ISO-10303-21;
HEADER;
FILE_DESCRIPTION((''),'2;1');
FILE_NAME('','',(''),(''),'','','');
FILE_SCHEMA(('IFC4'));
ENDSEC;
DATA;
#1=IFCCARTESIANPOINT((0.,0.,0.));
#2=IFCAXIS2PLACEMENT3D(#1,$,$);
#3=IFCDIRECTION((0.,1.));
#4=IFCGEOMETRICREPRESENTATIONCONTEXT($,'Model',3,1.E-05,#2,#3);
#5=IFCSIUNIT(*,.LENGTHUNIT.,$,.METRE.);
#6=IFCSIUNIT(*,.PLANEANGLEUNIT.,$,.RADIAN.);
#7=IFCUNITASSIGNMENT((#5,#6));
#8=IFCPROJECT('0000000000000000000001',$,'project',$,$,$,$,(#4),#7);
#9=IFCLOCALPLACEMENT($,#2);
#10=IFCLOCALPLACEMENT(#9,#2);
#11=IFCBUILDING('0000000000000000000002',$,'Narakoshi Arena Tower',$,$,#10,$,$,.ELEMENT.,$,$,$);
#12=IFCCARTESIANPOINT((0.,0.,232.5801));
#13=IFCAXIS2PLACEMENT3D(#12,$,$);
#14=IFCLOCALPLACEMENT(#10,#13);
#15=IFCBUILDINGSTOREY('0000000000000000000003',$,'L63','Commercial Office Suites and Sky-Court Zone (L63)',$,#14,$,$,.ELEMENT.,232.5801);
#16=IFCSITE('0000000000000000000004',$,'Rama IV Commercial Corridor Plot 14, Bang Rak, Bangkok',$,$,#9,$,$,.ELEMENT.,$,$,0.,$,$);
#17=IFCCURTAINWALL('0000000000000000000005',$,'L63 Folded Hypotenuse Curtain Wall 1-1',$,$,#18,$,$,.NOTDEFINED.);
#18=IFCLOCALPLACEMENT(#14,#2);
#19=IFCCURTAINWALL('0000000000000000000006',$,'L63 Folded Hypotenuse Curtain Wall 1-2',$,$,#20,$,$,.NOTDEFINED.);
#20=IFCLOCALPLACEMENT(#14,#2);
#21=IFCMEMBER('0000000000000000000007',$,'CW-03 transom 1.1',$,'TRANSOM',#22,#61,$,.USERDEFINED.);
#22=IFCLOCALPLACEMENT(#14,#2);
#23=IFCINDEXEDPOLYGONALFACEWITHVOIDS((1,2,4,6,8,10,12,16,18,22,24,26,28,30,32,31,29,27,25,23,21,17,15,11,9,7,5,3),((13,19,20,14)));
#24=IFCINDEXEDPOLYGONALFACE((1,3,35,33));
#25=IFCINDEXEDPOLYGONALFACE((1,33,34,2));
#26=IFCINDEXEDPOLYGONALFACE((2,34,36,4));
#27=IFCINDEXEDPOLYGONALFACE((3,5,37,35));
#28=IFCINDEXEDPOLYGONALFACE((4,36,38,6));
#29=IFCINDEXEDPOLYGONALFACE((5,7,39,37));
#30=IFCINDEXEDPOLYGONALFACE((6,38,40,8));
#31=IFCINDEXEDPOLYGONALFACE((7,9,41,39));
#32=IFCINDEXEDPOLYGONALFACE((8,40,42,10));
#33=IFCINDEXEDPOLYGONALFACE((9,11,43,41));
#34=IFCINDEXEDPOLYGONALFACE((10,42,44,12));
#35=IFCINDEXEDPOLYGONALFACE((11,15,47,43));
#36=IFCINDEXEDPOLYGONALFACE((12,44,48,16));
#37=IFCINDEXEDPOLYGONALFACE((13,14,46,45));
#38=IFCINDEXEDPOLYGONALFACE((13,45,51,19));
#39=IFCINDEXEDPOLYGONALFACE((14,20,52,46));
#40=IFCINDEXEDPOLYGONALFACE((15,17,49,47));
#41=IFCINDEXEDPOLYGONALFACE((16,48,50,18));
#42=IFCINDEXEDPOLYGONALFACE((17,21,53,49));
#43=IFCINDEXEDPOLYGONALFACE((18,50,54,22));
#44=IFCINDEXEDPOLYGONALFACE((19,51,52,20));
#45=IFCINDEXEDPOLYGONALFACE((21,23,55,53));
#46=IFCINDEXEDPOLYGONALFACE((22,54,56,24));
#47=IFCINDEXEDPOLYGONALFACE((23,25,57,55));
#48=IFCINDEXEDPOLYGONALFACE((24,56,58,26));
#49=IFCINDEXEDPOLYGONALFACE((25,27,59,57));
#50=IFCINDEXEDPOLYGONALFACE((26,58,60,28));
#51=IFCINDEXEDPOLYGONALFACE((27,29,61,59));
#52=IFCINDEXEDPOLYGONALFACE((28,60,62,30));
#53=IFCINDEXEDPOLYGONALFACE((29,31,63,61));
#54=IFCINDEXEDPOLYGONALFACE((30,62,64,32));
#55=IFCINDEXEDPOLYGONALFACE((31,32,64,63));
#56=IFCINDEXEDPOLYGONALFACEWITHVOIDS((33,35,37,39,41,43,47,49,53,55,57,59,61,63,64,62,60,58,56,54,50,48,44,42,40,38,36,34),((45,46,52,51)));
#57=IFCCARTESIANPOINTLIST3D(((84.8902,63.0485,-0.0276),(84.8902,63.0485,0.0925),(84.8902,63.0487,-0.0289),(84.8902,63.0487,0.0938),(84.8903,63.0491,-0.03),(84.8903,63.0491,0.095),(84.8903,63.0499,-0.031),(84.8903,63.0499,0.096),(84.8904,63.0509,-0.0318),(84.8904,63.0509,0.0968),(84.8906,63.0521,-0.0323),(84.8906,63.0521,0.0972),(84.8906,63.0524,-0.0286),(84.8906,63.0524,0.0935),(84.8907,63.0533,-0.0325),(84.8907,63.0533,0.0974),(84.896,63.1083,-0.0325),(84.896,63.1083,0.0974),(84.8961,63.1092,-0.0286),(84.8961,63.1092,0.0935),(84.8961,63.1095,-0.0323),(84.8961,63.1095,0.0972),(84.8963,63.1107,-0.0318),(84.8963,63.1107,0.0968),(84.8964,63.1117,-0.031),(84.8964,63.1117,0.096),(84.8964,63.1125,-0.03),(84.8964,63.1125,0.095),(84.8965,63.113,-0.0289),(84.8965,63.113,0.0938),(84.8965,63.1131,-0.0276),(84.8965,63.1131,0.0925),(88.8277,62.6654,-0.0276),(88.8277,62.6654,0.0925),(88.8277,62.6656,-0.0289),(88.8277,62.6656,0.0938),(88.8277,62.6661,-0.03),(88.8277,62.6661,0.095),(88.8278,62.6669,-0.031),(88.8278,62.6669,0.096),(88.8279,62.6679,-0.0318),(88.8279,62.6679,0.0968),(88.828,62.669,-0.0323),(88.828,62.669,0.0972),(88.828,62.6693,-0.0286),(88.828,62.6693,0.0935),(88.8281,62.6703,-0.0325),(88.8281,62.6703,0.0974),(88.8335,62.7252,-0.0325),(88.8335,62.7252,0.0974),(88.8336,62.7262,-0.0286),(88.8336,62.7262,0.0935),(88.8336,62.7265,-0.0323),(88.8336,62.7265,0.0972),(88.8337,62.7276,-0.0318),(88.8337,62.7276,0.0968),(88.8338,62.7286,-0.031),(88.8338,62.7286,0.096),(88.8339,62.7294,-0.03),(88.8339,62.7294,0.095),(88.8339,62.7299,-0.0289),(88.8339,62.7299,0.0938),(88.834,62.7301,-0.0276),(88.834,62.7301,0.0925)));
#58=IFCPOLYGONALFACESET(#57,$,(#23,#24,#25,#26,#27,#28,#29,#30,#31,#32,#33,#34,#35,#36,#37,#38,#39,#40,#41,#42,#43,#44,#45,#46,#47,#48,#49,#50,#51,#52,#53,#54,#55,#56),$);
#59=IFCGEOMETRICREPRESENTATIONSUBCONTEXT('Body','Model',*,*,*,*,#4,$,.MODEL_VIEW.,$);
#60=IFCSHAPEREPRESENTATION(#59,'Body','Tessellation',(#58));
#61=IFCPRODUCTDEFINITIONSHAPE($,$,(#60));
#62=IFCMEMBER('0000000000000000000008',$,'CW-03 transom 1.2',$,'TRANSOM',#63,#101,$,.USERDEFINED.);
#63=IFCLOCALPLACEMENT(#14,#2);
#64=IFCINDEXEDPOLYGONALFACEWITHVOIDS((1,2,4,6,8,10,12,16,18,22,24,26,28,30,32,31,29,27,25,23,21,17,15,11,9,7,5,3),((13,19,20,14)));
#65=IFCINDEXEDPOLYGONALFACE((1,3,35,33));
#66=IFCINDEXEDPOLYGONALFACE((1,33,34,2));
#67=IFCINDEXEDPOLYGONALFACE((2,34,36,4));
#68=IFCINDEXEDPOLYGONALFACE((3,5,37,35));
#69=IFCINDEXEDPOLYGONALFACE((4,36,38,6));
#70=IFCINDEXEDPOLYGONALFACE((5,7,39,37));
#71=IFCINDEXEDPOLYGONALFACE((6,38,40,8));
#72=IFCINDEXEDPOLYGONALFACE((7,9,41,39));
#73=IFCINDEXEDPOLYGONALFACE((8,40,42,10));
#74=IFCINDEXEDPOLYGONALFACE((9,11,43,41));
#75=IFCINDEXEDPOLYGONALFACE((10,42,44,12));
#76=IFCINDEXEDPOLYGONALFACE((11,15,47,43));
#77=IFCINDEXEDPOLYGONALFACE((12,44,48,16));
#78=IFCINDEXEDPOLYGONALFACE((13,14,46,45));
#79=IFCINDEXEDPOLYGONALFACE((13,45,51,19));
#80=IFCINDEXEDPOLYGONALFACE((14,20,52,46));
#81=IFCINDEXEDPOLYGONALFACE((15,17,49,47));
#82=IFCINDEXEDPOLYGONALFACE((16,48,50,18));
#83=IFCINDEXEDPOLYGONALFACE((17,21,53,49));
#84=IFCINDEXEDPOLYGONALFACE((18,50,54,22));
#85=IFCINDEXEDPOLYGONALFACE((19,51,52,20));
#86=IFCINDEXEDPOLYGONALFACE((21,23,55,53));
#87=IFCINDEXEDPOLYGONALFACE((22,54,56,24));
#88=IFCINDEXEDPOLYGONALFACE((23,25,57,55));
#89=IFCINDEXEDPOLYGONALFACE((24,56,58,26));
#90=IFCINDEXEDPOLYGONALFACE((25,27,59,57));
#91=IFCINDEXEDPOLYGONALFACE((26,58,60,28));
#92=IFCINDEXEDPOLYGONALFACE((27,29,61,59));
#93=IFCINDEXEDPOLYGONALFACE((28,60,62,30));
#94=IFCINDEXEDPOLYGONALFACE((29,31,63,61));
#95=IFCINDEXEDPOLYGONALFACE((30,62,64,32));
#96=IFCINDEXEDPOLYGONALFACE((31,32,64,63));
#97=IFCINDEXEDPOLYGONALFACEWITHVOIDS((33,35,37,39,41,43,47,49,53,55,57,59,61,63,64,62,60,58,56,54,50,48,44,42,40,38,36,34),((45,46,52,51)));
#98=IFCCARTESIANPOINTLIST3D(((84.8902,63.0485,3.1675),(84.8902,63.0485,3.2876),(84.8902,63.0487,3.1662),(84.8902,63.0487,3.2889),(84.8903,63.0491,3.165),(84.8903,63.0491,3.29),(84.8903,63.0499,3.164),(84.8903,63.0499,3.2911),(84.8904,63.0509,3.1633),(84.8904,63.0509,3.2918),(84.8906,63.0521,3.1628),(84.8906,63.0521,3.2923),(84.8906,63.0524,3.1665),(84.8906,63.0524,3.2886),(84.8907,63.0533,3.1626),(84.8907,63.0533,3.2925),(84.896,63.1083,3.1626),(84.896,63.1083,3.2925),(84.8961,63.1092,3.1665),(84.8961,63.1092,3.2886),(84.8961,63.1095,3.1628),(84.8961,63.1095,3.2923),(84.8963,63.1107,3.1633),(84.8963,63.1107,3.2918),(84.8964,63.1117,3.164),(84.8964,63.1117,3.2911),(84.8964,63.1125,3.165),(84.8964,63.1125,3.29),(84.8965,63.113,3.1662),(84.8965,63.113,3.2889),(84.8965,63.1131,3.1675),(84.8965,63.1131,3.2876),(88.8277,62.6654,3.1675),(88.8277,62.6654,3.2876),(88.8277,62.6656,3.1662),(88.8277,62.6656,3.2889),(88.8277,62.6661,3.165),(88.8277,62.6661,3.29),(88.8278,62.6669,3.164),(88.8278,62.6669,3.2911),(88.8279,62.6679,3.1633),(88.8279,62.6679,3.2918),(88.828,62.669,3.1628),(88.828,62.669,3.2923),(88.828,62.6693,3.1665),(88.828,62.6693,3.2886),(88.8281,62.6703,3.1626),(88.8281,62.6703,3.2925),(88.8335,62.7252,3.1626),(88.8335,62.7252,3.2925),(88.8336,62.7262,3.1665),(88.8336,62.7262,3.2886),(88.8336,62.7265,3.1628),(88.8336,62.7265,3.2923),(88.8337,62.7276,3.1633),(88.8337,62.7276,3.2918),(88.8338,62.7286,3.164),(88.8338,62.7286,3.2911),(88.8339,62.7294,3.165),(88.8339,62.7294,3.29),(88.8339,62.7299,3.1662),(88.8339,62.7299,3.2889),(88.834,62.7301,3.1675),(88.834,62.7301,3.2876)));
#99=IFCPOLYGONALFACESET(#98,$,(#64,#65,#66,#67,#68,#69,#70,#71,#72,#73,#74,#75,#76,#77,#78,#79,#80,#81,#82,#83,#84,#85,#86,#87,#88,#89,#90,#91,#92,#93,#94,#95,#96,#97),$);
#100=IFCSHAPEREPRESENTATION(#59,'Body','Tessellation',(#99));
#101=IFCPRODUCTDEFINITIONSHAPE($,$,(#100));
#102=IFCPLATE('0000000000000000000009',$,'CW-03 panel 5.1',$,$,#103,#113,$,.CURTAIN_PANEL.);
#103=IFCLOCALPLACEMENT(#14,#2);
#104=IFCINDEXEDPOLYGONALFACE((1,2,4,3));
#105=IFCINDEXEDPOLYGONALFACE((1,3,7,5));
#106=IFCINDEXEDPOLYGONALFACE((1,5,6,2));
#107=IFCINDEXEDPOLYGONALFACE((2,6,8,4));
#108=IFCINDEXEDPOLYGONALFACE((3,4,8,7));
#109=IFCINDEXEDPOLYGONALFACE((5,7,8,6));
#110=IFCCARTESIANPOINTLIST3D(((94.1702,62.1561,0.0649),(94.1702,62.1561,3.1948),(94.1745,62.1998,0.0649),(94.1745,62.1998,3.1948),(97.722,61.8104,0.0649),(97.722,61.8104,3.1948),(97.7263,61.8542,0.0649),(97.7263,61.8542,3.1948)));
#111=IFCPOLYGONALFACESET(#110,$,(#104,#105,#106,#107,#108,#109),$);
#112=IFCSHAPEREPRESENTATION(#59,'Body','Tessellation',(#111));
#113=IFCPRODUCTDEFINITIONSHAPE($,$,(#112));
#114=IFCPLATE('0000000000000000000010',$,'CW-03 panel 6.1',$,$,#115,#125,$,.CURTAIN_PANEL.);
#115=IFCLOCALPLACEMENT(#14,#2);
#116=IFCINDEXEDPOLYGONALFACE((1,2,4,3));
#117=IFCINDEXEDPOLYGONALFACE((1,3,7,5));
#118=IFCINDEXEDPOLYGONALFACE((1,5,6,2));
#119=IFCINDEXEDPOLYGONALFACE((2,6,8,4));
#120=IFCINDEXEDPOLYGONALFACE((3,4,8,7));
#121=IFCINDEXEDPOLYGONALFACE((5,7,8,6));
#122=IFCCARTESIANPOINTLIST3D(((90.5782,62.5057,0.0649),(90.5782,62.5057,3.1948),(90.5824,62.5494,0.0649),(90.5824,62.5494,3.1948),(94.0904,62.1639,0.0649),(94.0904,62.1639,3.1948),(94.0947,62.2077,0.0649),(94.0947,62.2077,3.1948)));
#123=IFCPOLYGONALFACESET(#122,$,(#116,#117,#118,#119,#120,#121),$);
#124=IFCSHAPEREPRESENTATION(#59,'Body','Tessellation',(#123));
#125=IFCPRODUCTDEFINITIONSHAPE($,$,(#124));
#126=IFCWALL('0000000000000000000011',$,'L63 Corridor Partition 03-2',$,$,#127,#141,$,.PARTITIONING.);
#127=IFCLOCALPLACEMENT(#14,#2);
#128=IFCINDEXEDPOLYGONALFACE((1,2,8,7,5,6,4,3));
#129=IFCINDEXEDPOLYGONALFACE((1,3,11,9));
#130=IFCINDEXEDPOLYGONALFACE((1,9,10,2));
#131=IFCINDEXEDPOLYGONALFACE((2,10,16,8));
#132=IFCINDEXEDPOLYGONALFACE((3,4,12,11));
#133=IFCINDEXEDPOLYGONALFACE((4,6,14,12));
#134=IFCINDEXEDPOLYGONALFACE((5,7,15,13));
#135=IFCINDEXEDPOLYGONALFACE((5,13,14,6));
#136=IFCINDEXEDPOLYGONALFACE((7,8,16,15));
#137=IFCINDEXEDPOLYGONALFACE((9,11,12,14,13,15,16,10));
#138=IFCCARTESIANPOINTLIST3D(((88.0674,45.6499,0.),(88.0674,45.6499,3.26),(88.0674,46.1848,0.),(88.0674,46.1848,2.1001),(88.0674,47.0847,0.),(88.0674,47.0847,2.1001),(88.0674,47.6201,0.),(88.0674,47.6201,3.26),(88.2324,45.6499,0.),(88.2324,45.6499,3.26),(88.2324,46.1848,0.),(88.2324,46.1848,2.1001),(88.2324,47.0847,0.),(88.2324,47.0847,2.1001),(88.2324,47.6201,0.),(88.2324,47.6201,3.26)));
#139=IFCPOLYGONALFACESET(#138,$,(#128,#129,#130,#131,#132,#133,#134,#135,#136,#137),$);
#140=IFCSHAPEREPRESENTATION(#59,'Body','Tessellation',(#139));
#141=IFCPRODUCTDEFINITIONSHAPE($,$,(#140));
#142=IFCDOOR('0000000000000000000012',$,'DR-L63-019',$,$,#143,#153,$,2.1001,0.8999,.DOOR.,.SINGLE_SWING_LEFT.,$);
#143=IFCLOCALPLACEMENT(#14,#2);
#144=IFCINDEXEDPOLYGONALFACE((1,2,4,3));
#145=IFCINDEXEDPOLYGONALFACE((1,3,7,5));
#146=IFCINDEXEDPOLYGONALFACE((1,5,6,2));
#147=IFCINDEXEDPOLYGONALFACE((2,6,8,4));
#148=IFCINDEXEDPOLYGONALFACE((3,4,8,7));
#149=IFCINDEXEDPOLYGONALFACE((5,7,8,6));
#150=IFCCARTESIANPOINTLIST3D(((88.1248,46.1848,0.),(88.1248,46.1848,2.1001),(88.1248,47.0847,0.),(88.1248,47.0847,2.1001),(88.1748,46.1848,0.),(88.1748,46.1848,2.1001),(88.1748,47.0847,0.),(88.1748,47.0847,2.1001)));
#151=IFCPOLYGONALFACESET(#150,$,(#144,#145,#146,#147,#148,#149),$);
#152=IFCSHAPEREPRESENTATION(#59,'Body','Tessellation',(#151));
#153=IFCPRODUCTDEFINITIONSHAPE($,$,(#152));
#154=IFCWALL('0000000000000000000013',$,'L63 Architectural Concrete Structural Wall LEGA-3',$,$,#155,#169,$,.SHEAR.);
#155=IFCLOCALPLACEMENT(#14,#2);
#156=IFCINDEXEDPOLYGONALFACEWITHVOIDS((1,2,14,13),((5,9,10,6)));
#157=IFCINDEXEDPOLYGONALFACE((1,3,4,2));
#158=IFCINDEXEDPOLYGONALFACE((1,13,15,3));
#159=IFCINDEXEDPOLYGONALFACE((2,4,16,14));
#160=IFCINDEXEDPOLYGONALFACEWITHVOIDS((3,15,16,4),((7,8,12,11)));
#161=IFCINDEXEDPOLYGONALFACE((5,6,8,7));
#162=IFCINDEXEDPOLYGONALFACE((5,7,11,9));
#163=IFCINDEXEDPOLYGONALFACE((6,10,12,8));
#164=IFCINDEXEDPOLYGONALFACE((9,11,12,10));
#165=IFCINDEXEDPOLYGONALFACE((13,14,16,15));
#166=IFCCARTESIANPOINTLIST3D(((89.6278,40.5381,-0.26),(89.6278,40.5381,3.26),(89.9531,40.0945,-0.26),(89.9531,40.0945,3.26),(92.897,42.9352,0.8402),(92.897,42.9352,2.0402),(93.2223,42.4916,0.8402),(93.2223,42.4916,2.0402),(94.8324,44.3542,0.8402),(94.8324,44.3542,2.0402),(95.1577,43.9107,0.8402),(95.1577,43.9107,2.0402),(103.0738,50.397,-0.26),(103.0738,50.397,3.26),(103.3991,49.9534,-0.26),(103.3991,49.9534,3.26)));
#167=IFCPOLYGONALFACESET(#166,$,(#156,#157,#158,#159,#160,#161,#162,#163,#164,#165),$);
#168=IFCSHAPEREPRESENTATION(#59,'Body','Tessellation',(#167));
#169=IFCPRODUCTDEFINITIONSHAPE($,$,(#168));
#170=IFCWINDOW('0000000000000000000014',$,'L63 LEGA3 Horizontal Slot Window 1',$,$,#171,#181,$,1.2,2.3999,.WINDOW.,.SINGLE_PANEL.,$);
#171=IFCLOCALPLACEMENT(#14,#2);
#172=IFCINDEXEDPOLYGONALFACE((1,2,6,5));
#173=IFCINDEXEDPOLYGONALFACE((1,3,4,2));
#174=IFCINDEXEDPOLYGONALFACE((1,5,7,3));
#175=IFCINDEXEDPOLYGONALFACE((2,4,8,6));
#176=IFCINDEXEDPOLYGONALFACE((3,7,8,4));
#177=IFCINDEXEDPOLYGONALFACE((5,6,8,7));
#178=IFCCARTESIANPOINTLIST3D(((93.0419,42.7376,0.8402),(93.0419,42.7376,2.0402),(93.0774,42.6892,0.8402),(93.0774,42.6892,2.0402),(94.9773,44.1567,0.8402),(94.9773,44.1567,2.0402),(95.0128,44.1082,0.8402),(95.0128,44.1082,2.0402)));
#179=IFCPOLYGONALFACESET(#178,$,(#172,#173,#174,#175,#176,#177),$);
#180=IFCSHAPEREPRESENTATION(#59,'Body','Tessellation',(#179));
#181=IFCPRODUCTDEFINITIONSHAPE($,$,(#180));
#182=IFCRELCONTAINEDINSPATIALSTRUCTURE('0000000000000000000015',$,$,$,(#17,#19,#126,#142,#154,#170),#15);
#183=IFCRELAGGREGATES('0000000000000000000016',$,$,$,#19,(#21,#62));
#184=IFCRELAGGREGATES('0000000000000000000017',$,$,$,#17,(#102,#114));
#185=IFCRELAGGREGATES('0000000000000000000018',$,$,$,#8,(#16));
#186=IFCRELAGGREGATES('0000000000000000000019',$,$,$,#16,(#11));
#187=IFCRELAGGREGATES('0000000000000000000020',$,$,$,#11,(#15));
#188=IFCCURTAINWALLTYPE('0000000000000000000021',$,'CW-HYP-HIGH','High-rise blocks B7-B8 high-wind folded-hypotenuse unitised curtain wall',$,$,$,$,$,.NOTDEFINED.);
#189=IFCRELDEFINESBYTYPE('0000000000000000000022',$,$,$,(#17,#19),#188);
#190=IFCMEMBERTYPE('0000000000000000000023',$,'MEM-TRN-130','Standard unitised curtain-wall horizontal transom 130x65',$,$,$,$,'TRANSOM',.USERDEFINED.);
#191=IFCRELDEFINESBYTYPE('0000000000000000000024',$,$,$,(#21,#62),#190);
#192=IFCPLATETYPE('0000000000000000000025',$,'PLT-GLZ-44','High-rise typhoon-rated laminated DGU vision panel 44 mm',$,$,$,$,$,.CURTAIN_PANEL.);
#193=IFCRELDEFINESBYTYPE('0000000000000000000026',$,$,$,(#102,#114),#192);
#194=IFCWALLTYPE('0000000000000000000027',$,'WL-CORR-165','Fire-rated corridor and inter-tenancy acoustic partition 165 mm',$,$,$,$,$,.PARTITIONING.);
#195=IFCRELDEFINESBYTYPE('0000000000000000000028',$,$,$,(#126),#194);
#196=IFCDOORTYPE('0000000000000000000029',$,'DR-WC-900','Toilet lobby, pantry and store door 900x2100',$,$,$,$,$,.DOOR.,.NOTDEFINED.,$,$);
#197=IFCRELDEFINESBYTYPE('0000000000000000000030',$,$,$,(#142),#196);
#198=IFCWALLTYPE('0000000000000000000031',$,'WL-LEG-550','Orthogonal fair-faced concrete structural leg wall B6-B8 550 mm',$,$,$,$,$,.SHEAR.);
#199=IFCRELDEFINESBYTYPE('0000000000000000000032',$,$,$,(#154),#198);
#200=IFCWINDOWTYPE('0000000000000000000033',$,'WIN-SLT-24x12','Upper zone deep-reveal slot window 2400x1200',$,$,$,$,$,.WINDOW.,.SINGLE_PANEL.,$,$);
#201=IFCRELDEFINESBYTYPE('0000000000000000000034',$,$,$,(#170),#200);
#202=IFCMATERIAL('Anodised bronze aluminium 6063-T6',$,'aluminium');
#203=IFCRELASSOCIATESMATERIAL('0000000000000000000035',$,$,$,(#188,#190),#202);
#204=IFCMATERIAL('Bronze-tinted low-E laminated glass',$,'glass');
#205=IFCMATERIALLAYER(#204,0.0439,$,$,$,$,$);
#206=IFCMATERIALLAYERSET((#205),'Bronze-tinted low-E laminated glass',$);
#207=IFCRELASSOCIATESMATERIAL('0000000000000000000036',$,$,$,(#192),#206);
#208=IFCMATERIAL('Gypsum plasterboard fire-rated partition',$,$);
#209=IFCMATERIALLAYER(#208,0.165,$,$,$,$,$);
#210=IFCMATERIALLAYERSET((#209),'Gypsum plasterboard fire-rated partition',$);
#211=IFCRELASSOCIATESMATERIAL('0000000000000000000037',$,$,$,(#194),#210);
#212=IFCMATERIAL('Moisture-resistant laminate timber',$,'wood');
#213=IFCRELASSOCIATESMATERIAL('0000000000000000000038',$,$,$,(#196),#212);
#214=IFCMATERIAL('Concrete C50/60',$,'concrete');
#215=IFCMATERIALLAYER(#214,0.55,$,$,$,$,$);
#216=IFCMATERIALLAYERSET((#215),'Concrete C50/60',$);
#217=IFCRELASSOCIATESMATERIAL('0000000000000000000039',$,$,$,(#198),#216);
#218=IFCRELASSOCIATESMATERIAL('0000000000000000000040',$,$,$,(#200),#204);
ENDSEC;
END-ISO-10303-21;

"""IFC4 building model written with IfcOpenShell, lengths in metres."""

from ifc_helpers import new_model, si_unit, direction, frame, frame_2d, origin, origin_2d, place, context, subcontext, project, spatial, rectangle, hollow_rectangle, extrude, material, layer, layer_set, material_profile, profile_set, type_object, element, fill, aggregate, save


model = new_model("IFC4")

# Units and contexts
model_context = context("Model", 3, precision=1e-05, world=origin(), true_north=direction((0.0, 1.0)))
body_context = subcontext(model_context, "Body", "Model", "MODEL_VIEW")
ifc_project = project(units=[si_unit("LENGTHUNIT", "METRE"), si_unit("PLANEANGLEUNIT", "RADIAN")], contexts=[model_context])

# Site, building, storey
site_placement = place(None, origin())
site = spatial("IfcSite", under=ifc_project, at=site_placement, Name="Rama IV Commercial Corridor Plot 14, Bang Rak, Bangkok", CompositionType="ELEMENT", RefElevation=0.0)
building_placement = place(site_placement, origin())
building = spatial("IfcBuilding", under=site, at=building_placement, Name="Narakoshi Arena Tower", CompositionType="ELEMENT")
storey_placement = place(building_placement, frame((0.0, 0.0, 232.5801)))
storey = spatial("IfcBuildingStorey", under=building, at=storey_placement, Name="L63", Description="Commercial Office Suites and Sky-Court Zone (L63)", CompositionType="ELEMENT", Elevation=232.5801)

# Shared definitions
ifc_material_1 = material(Name="Concrete C50/60", Category="concrete")

# Curtain wall
ifc_material_2 = material(Name="Anodised bronze aluminium 6063-T6", Category="aluminium")
curtain_wall_type = type_object("IfcCurtainWallType", Name="CW-HYP-HIGH", Description="High-rise blocks B7-B8 high-wind folded-hypotenuse unitised curtain wall", PredefinedType="NOTDEFINED", material=ifc_material_2)
curtain_wall_1_placement = place(storey_placement, origin())
curtain_wall_1 = element("IfcCurtainWall", 1, at=curtain_wall_1_placement, inside=storey, type_object=curtain_wall_type, Name="L63 Folded Hypotenuse Curtain Wall 1-1", PredefinedType="NOTDEFINED")

# Curtain wall
curtain_wall_2_placement = place(storey_placement, origin())
curtain_wall_2 = element("IfcCurtainWall", 2, at=curtain_wall_2_placement, inside=storey, type_object=curtain_wall_type, Name="L63 Folded Hypotenuse Curtain Wall 1-2", PredefinedType="NOTDEFINED")

# Members
ifc_material_profile_1 = material_profile(ifc_material_2, hollow_rectangle(XDim=0.0649, YDim=0.1299, WallThickness=0.0039, OuterFilletRadius=0.0049, at=origin_2d()), Name="TRN130x65x4")
ifc_profile_set_1 = profile_set([ifc_material_profile_1], Name="Anodised bronze aluminium 6063-T6")
member_type_1 = type_object("IfcMemberType", Name="MEM-TRN-130", Description="Standard unitised curtain-wall horizontal transom 130x65", ElementType="TRANSOM", PredefinedType="USERDEFINED", material=ifc_profile_set_1)
member_1_placement = place(storey_placement, frame((88.8308, 62.6978, 0.0325), z_axis=(-0.995301, 0.096827, 0.0), x_axis=(-0.096827, -0.995301, 0.0)))
member_1 = element("IfcMember", 3, at=member_1_placement, type_object=member_type_1, Name="CW-03 transom 1.1", ObjectType="TRANSOM", PredefinedType="USERDEFINED", context=body_context, shape_type="SweptSolid", body=[
    extrude(hollow_rectangle(XDim=0.0649, YDim=0.1299, WallThickness=0.0039, OuterFilletRadius=0.0049, at=origin_2d()), origin(), (0.0, 0.0, 1.0), 3.9561),
])
member_2_placement = place(storey_placement, frame((88.8308, 62.6978, 3.2275), z_axis=(-0.995301, 0.096827, 0.0), x_axis=(-0.096827, -0.995301, 0.0)))
member_2 = element("IfcMember", 4, at=member_2_placement, type_object=member_type_1, Name="CW-03 transom 1.2", ObjectType="TRANSOM", PredefinedType="USERDEFINED", context=body_context, shape_type="SweptSolid", body=[
    extrude(hollow_rectangle(XDim=0.0649, YDim=0.1299, WallThickness=0.0039, OuterFilletRadius=0.0049, at=origin_2d()), origin(), (0.0, 0.0, 1.0), 3.9561),
])
aggregate(curtain_wall_2, [member_1, member_2])

# Plates
ifc_material_3 = material(Name="Bronze-tinted low-E laminated glass", Category="glass")
ifc_layer_1 = layer(ifc_material_3, 0.0439)
ifc_layer_set_1 = layer_set([ifc_layer_1], Name="Bronze-tinted low-E laminated glass")
plate_type = type_object("IfcPlateType", Name="PLT-GLZ-44", Description="High-rise typhoon-rated laminated DGU vision panel 44 mm", PredefinedType="CURTAIN_PANEL", material=ifc_layer_set_1)
plate_1_placement = place(storey_placement, frame((95.9482, 62.0051, 0.0649), z_axis=(0.0, 0.0, 1.0), x_axis=(-0.995299, 0.096851, 0.0)))
plate_1 = element("IfcPlate", 5, at=plate_1_placement, type_object=plate_type, Name="CW-03 panel 5.1", PredefinedType="CURTAIN_PANEL", context=body_context, shape_type="SweptSolid", body=[
    extrude(rectangle(XDim=3.5686, YDim=0.0439, at=origin_2d()), origin(), (0.0, 0.0, 1.0), 3.1299),
])
plate_2_placement = place(storey_placement, frame((92.3364, 62.3567, 0.0649), z_axis=(0.0, 0.0, 1.0), x_axis=(-0.995299, 0.096851, 0.0)))
plate_2 = element("IfcPlate", 6, at=plate_2_placement, type_object=plate_type, Name="CW-03 panel 6.1", PredefinedType="CURTAIN_PANEL", context=body_context, shape_type="SweptSolid", body=[
    extrude(rectangle(XDim=3.5288, YDim=0.0439, at=origin_2d()), origin(), (0.0, 0.0, 1.0), 3.1299),
])
aggregate(curtain_wall_1, [plate_1, plate_2])

# Wall, opening, door
ifc_material_4 = material(Name="Gypsum plasterboard fire-rated partition")
ifc_layer_2 = layer(ifc_material_4, 0.165)
ifc_layer_set_2 = layer_set([ifc_layer_2], Name="Gypsum plasterboard fire-rated partition")
wall_type_1 = type_object("IfcWallType", Name="WL-CORR-165", Description="Fire-rated corridor and inter-tenancy acoustic partition 165 mm", PredefinedType="PARTITIONING", material=ifc_layer_set_2)
wall_1_placement = place(storey_placement, frame((88.1499, 45.6499, 0.0), z_axis=(0.0, 0.0, 1.0), x_axis=(0.0, 1.0, 0.0)))
wall_1 = element("IfcWall", 7, at=wall_1_placement, inside=storey, type_object=wall_type_1, Name="L63 Corridor Partition 03-2", PredefinedType="PARTITIONING", context=body_context, shape_type="SweptSolid", body=[
    extrude(rectangle(XDim=1.9702, YDim=0.165, at=frame_2d((0.9851, 0.0))), origin(), (0.0, 0.0, 1.0), 3.26),
])
opening_1_placement = place(wall_1_placement, frame((0.5349, 0.0, 0.0)))
opening_1 = element("IfcOpeningElement", 8, at=opening_1_placement, cuts=wall_1, PredefinedType="OPENING", context=body_context, shape_type="SweptSolid", body=[
    extrude(rectangle(XDim=0.8999, YDim=2.1001, at=frame_2d((0.45, 1.05))), frame((0.0, 0.0925, 0.0), z_axis=(0.0, -1.0, 0.0), x_axis=(1.0, 0.0, 0.0)), (0.0, 0.0, 1.0), 0.1851),
])
ifc_material_5 = material(Name="Moisture-resistant laminate timber", Category="wood")
door_type = type_object("IfcDoorType", Name="DR-WC-900", Description="Toilet lobby, pantry and store door 900x2100", OperationType="NOTDEFINED", PredefinedType="DOOR", material=ifc_material_5)
door_1_placement = place(opening_1_placement, frame((0.8999, 0.0, 0.0), z_axis=(0.0, 0.0, 1.0), x_axis=(-1.0, 0.0, 0.0)))
door_1 = element("IfcDoor", 9, at=door_1_placement, inside=storey, type_object=door_type, Name="DR-L63-019", OperationType="SINGLE_SWING_LEFT", OverallHeight=2.1001, OverallWidth=0.8999, PredefinedType="DOOR", context=body_context, shape_type="SweptSolid", body=[
    extrude(rectangle(XDim=0.8999, YDim=2.1001, at=frame_2d((0.45, 1.05))), frame((0.0, 0.0249, 0.0), z_axis=(0.0, -1.0, 0.0), x_axis=(1.0, 0.0, 0.0)), (0.0, 0.0, 1.0), 0.05),
])
fill(opening_1, door_1)

# Wall, opening, window
ifc_layer_3 = layer(ifc_material_1, 0.55)
ifc_layer_set_3 = layer_set([ifc_layer_3], Name="Concrete C50/60")
wall_type_2 = type_object("IfcWallType", Name="WL-LEG-550", Description="Orthogonal fair-faced concrete structural leg wall B6-B8 550 mm", PredefinedType="SHEAR", material=ifc_layer_set_3)
wall_2_placement = place(storey_placement, frame((89.7905, 40.3164, -0.26), z_axis=(0.0, 0.0, 1.0), x_axis=(0.806449, 0.591303, 0.0)))
wall_2 = element("IfcWall", 10, at=wall_2_placement, inside=storey, type_object=wall_type_2, Name="L63 Architectural Concrete Structural Wall LEGA-3", PredefinedType="SHEAR", context=body_context, shape_type="SweptSolid", body=[
    extrude(rectangle(XDim=16.6731, YDim=0.55, at=frame_2d((8.3364, 0.0))), origin(), (0.0, 0.0, 1.0), 3.52),
])
opening_2_placement = place(wall_2_placement, frame((4.0537, 0.0, 1.1001)))
opening_2 = element("IfcOpeningElement", 11, at=opening_2_placement, cuts=wall_2, PredefinedType="OPENING", context=body_context, shape_type="SweptSolid", body=[
    extrude(rectangle(XDim=2.3999, YDim=1.2, at=frame_2d((1.2, 0.6001))), frame((0.0, 0.2849, 0.0), z_axis=(0.0, -1.0, 0.0), x_axis=(1.0, 0.0, 0.0)), (0.0, 0.0, 1.0), 0.5701),
])
window_type = type_object("IfcWindowType", Name="WIN-SLT-24x12", Description="Upper zone deep-reveal slot window 2400x1200", PartitioningType="SINGLE_PANEL", PredefinedType="WINDOW", material=ifc_material_3)
window_placement = place(opening_2_placement, origin())
window = element("IfcWindow", 12, at=window_placement, inside=storey, type_object=window_type, Name="L63 LEGA3 Horizontal Slot Window 1", OverallHeight=1.2, OverallWidth=2.3999, PartitioningType="SINGLE_PANEL", PredefinedType="WINDOW", context=body_context, shape_type="SweptSolid", body=[
    extrude(rectangle(XDim=2.3999, YDim=1.2, at=frame_2d((1.2, 0.6001))), frame((0.0, 0.03, 0.0), z_axis=(0.0, -1.0, 0.0), x_axis=(1.0, 0.0, 0.0)), (0.0, 0.0, 1.0), 0.0601),
])
fill(opening_2, window)

save(model, "model.ifc")
